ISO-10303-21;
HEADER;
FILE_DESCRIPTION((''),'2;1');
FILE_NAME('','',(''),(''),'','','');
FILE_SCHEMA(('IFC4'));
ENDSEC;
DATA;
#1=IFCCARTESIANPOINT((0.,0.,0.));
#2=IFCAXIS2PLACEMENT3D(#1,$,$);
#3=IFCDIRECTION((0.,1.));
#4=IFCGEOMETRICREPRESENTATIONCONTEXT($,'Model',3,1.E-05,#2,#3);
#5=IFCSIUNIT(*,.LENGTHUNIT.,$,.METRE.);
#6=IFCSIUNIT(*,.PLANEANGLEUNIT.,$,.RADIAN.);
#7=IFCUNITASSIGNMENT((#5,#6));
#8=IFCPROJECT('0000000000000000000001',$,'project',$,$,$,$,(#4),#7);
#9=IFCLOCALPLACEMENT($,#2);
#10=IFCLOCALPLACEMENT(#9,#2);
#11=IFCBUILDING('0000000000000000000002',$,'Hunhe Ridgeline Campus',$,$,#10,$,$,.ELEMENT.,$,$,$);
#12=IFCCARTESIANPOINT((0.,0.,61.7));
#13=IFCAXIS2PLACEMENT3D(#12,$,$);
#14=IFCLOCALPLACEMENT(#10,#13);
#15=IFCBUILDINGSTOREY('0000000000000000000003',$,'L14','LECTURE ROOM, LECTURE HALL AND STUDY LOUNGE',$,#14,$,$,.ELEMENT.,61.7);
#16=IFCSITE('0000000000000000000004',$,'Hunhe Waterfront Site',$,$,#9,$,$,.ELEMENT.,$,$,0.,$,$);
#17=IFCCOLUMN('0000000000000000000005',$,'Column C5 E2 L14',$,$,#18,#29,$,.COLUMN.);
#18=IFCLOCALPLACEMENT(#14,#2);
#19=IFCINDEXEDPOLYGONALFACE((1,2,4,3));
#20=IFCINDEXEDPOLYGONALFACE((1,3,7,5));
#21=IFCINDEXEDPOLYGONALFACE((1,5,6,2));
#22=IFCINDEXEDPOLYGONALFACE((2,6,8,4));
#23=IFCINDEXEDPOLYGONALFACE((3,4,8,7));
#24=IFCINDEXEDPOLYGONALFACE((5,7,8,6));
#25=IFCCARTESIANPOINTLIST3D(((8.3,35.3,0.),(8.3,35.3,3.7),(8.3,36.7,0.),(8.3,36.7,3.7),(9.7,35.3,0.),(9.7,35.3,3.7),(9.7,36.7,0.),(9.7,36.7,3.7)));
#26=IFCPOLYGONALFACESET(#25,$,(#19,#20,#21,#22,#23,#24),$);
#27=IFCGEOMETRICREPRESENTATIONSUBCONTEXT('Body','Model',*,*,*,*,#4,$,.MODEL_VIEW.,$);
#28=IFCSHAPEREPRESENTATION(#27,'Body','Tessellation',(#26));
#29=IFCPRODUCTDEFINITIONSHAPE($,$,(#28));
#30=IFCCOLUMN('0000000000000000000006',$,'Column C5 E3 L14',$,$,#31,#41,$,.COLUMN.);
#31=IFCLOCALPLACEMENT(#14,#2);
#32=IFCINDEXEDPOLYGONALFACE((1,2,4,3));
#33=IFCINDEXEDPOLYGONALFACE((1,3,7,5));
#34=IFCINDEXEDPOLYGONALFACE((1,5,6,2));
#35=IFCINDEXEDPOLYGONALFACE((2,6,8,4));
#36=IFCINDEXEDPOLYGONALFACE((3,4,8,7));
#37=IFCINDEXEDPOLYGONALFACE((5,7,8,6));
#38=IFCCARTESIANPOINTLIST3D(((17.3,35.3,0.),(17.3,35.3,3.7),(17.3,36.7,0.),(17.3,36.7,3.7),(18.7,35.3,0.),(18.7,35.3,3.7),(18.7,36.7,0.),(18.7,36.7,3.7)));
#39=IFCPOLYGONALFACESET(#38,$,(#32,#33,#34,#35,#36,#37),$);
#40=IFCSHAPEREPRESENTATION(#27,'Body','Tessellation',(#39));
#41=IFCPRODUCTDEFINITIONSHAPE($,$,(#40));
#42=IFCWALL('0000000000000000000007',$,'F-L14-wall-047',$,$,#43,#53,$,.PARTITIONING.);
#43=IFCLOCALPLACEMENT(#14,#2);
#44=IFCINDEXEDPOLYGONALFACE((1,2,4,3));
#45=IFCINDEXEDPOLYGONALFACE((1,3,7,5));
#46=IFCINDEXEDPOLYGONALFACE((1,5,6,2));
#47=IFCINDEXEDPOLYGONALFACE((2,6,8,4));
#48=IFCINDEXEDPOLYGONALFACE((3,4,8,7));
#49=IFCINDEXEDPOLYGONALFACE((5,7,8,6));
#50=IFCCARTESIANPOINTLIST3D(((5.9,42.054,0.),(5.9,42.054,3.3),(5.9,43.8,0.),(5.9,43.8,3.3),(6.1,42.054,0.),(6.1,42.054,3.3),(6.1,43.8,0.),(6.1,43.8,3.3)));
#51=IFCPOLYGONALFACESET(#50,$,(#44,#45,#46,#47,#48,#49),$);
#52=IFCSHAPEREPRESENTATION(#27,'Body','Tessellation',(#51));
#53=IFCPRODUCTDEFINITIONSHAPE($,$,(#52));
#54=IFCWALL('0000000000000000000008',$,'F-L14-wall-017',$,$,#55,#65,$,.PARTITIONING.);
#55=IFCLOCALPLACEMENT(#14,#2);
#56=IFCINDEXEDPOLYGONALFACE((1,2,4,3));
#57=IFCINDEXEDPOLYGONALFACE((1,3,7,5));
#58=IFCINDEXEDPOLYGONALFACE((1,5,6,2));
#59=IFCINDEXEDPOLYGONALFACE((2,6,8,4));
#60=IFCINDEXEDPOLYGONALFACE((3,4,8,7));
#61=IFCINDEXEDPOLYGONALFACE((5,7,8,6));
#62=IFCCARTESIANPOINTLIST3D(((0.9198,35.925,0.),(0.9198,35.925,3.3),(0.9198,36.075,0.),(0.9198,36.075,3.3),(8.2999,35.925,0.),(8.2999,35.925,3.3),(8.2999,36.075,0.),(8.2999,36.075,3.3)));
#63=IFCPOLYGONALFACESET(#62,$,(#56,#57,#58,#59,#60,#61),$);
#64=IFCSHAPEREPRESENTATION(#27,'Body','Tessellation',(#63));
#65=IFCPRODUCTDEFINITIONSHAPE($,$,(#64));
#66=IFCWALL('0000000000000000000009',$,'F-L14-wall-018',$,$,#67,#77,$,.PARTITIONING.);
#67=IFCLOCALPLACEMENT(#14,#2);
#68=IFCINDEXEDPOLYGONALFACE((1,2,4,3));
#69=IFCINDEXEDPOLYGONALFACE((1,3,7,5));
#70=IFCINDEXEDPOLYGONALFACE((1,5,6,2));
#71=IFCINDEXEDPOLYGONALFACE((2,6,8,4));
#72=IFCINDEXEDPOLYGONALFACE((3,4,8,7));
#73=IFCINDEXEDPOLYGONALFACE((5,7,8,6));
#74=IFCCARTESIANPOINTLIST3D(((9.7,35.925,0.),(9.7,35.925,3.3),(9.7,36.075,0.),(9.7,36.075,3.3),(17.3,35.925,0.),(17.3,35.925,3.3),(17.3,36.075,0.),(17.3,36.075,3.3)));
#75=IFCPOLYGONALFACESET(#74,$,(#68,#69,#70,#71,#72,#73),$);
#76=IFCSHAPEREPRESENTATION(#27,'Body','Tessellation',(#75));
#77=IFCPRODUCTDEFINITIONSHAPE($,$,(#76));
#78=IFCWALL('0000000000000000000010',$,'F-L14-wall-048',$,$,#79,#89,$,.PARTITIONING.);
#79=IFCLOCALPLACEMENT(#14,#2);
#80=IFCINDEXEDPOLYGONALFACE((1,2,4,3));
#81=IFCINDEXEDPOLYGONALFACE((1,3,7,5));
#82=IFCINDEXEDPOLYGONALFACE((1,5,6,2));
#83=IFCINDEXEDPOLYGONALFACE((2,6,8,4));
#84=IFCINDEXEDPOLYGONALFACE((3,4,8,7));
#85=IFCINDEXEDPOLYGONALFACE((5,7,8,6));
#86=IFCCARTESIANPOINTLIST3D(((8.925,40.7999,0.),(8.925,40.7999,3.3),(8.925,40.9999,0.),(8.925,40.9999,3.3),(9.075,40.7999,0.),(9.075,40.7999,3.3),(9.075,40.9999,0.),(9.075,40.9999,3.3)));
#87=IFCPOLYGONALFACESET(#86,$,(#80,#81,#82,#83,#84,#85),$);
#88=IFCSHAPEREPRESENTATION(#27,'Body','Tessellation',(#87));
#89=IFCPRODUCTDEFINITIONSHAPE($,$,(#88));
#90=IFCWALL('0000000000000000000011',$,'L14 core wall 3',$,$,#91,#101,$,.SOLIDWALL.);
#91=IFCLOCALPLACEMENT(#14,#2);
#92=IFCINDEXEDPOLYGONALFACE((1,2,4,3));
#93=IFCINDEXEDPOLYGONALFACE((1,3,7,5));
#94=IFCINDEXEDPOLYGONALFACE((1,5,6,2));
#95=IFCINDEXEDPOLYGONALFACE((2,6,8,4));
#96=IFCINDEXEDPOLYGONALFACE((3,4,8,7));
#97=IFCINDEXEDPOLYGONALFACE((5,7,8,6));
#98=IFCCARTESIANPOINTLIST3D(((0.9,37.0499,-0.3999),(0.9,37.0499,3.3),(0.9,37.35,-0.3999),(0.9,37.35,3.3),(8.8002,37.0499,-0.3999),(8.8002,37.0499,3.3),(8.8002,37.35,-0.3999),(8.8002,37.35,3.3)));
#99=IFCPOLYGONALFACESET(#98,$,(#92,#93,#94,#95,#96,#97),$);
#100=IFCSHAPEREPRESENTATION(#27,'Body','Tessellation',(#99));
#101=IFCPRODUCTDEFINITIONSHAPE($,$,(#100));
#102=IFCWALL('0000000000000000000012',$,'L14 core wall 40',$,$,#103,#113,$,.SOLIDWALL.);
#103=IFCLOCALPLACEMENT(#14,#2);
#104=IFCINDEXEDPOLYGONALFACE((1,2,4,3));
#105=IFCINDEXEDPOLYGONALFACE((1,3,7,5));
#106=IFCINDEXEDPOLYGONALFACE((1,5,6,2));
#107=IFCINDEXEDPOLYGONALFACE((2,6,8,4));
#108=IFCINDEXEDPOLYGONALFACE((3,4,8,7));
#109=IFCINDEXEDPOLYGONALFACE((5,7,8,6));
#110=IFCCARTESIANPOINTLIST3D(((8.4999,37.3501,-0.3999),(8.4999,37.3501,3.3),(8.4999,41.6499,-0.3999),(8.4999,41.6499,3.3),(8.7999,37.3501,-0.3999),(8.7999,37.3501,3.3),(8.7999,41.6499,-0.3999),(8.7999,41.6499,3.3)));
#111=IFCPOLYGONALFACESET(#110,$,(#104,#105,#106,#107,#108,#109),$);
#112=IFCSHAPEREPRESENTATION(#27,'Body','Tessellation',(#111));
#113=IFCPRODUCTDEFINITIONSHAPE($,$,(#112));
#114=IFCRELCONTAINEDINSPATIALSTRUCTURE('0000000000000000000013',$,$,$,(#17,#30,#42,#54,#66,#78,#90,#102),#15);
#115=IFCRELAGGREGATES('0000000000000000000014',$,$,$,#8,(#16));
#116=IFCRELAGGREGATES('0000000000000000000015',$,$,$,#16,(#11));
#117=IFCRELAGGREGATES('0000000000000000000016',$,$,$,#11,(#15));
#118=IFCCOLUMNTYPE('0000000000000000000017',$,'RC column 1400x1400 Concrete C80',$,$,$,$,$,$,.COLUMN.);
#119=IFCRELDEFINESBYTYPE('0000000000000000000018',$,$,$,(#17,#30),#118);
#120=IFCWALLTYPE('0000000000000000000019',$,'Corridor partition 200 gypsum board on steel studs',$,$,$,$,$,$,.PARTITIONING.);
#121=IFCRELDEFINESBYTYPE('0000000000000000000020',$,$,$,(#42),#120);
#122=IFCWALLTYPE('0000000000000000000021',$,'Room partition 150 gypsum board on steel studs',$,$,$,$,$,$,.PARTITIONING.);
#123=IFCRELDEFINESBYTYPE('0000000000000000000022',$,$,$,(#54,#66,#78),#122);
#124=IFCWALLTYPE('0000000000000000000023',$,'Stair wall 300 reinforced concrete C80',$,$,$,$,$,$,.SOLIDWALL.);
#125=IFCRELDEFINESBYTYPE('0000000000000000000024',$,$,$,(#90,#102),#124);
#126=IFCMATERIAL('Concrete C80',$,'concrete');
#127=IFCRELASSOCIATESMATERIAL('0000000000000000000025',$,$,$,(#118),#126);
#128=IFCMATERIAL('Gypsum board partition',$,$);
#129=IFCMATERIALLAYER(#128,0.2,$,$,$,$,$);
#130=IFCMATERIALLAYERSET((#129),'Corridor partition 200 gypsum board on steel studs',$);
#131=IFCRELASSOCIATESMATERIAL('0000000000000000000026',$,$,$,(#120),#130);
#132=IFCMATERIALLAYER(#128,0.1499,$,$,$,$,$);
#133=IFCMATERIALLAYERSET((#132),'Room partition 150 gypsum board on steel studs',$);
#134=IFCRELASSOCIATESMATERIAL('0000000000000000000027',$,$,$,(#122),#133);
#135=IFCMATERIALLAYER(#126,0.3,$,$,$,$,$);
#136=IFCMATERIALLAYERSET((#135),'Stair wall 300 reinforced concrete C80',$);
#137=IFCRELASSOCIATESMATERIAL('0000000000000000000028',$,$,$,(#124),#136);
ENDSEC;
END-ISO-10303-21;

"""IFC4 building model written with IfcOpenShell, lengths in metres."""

from ifc_helpers import new_model, si_unit, direction, frame, frame_2d, origin, origin_2d, place, context, subcontext, project, spatial, rectangle, extrude, material, layer, layer_set, material_profile, profile_set, type_object, element, save


model = new_model("IFC4")

# Units and contexts
model_context = context("Model", 3, precision=1e-05, world=origin(), true_north=direction((0.0, 1.0)))
body_context = subcontext(model_context, "Body", "Model", "MODEL_VIEW")
ifc_project = project(units=[si_unit("LENGTHUNIT", "METRE"), si_unit("PLANEANGLEUNIT", "RADIAN")], contexts=[model_context])

# Site, building, storey
site_placement = place(None, origin())
site = spatial("IfcSite", under=ifc_project, at=site_placement, Name="Hunhe Waterfront Site", CompositionType="ELEMENT", RefElevation=0.0)
building_placement = place(site_placement, origin())
building = spatial("IfcBuilding", under=site, at=building_placement, Name="Hunhe Ridgeline Campus", CompositionType="ELEMENT")
storey_placement = place(building_placement, frame((0.0, 0.0, 61.7)))
storey = spatial("IfcBuildingStorey", under=building, at=storey_placement, Name="L14", Description="LECTURE ROOM, LECTURE HALL AND STUDY LOUNGE", CompositionType="ELEMENT", Elevation=61.7)

# Columns
ifc_material_1 = material(Name="Concrete C80", Category="concrete")
ifc_material_profile = material_profile(ifc_material_1, rectangle(XDim=1.3999, YDim=1.3999, at=origin_2d()))
ifc_profile_set = profile_set([ifc_material_profile], Name="Concrete C80")
column_type = type_object("IfcColumnType", Name="RC column 1400x1400 Concrete C80", PredefinedType="COLUMN", material=ifc_profile_set)
for number, where, z_axis, x_axis, name in (
    (1, (9.0, 36.0, 0.0), (0.0, 0.0, 1.0), (1.0, 0.0, 0.0), "Column C5 E2 L14"),
    (2, (18.0, 36.0, 0.0), (0.0, 0.0, 1.0), (1.0, 0.0, 0.0), "Column C5 E3 L14"),
):
    element("IfcColumn", number, at=place(storey_placement, frame(where, z_axis=z_axis, x_axis=x_axis)), inside=storey, type_object=column_type, Name=name, PredefinedType="COLUMN", context=body_context, shape_type="SweptSolid", body=[
        extrude(rectangle(XDim=1.3999, YDim=1.3999, at=origin_2d()), origin(), (0.0, 0.0, 1.0), 3.7),
    ])

# Shared definitions
ifc_material_2 = material(Name="Gypsum board partition")
ifc_layer_1 = layer(ifc_material_2, 0.2)
ifc_layer_set_1 = layer_set([ifc_layer_1], Name="Corridor partition 200 gypsum board on steel studs")
wall_type_1 = type_object("IfcWallType", Name="Corridor partition 200 gypsum board on steel studs", PredefinedType="PARTITIONING", material=ifc_layer_set_1)

# Walls
wall_1_placement = place(storey_placement, frame((6.0, 42.054, 0.0), z_axis=(0.0, 0.0, 1.0), x_axis=(0.0, 1.0, 0.0)))
element("IfcWall", 3, at=wall_1_placement, inside=storey, type_object=wall_type_1, Name="F-L14-wall-047", PredefinedType="PARTITIONING", context=body_context, shape_type="SweptSolid", body=[
    extrude(rectangle(XDim=1.7461, YDim=0.2, at=frame_2d((0.873, 0.0))), origin(), (0.0, 0.0, 1.0), 3.3),
])
ifc_layer_2 = layer(ifc_material_2, 0.1499)
ifc_layer_set_2 = layer_set([ifc_layer_2], Name="Room partition 150 gypsum board on steel studs")
wall_type_2 = type_object("IfcWallType", Name="Room partition 150 gypsum board on steel studs", PredefinedType="PARTITIONING", material=ifc_layer_set_2)
wall_2_placement = place(storey_placement, frame((0.9199, 36.0, 0.0), z_axis=(0.0, 0.0, 1.0), x_axis=(1.0, 0.0, 0.0)))
element("IfcWall", 4, at=wall_2_placement, inside=storey, type_object=wall_type_2, Name="F-L14-wall-017", PredefinedType="PARTITIONING", context=body_context, shape_type="SweptSolid", body=[
    extrude(rectangle(XDim=7.3801, YDim=0.1499, at=frame_2d((3.6899, 0.0))), origin(), (0.0, 0.0, 1.0), 3.3),
])
wall_3_placement = place(storey_placement, frame((9.7, 36.0, 0.0), z_axis=(0.0, 0.0, 1.0), x_axis=(1.0, 0.0, 0.0)))
element("IfcWall", 5, at=wall_3_placement, inside=storey, type_object=wall_type_2, Name="F-L14-wall-018", PredefinedType="PARTITIONING", context=body_context, shape_type="SweptSolid", body=[
    extrude(rectangle(XDim=7.6001, YDim=0.1499, at=frame_2d((3.8, 0.0))), origin(), (0.0, 0.0, 1.0), 3.3),
])
wall_4_placement = place(storey_placement, frame((9.0, 41.0, 0.0), z_axis=(0.0, 0.0, 1.0), x_axis=(0.0, -1.0, 0.0)))
element("IfcWall", 6, at=wall_4_placement, inside=storey, type_object=wall_type_2, Name="F-L14-wall-048", PredefinedType="PARTITIONING", context=body_context, shape_type="SweptSolid", body=[
    extrude(rectangle(XDim=0.2, YDim=0.1499, at=frame_2d((0.1001, 0.0))), origin(), (0.0, 0.0, 1.0), 3.3),
])
ifc_layer_3 = layer(ifc_material_1, 0.3)
ifc_layer_set_3 = layer_set([ifc_layer_3], Name="Stair wall 300 reinforced concrete C80")
wall_type_3 = type_object("IfcWallType", Name="Stair wall 300 reinforced concrete C80", PredefinedType="SOLIDWALL", material=ifc_layer_set_3)
wall_5_placement = place(storey_placement, frame((0.8999, 37.2, -0.3999), z_axis=(0.0, 0.0, 1.0), x_axis=(1.0, 0.0, 0.0)))
element("IfcWall", 7, at=wall_5_placement, inside=storey, type_object=wall_type_3, Name="L14 core wall 3", PredefinedType="SOLIDWALL", context=body_context, shape_type="SweptSolid", body=[
    extrude(rectangle(XDim=7.9001, YDim=0.3, at=frame_2d((3.9502, 0.0))), origin(), (0.0, 0.0, 1.0), 3.7),
])

# Wall
wall_6_placement = place(storey_placement, frame((8.6499, 37.3501, -0.3999), z_axis=(0.0, 0.0, 1.0), x_axis=(0.0, 1.0, 0.0)))
element("IfcWall", 8, at=wall_6_placement, inside=storey, type_object=wall_type_3, Name="L14 core wall 40", PredefinedType="SOLIDWALL", context=body_context, shape_type="SweptSolid", body=[
    extrude(rectangle(XDim=4.2998, YDim=0.3, at=frame_2d((2.1499, 0.0))), origin(), (0.0, 0.0, 1.0), 3.7),
])

save(model, "model.ifc")
